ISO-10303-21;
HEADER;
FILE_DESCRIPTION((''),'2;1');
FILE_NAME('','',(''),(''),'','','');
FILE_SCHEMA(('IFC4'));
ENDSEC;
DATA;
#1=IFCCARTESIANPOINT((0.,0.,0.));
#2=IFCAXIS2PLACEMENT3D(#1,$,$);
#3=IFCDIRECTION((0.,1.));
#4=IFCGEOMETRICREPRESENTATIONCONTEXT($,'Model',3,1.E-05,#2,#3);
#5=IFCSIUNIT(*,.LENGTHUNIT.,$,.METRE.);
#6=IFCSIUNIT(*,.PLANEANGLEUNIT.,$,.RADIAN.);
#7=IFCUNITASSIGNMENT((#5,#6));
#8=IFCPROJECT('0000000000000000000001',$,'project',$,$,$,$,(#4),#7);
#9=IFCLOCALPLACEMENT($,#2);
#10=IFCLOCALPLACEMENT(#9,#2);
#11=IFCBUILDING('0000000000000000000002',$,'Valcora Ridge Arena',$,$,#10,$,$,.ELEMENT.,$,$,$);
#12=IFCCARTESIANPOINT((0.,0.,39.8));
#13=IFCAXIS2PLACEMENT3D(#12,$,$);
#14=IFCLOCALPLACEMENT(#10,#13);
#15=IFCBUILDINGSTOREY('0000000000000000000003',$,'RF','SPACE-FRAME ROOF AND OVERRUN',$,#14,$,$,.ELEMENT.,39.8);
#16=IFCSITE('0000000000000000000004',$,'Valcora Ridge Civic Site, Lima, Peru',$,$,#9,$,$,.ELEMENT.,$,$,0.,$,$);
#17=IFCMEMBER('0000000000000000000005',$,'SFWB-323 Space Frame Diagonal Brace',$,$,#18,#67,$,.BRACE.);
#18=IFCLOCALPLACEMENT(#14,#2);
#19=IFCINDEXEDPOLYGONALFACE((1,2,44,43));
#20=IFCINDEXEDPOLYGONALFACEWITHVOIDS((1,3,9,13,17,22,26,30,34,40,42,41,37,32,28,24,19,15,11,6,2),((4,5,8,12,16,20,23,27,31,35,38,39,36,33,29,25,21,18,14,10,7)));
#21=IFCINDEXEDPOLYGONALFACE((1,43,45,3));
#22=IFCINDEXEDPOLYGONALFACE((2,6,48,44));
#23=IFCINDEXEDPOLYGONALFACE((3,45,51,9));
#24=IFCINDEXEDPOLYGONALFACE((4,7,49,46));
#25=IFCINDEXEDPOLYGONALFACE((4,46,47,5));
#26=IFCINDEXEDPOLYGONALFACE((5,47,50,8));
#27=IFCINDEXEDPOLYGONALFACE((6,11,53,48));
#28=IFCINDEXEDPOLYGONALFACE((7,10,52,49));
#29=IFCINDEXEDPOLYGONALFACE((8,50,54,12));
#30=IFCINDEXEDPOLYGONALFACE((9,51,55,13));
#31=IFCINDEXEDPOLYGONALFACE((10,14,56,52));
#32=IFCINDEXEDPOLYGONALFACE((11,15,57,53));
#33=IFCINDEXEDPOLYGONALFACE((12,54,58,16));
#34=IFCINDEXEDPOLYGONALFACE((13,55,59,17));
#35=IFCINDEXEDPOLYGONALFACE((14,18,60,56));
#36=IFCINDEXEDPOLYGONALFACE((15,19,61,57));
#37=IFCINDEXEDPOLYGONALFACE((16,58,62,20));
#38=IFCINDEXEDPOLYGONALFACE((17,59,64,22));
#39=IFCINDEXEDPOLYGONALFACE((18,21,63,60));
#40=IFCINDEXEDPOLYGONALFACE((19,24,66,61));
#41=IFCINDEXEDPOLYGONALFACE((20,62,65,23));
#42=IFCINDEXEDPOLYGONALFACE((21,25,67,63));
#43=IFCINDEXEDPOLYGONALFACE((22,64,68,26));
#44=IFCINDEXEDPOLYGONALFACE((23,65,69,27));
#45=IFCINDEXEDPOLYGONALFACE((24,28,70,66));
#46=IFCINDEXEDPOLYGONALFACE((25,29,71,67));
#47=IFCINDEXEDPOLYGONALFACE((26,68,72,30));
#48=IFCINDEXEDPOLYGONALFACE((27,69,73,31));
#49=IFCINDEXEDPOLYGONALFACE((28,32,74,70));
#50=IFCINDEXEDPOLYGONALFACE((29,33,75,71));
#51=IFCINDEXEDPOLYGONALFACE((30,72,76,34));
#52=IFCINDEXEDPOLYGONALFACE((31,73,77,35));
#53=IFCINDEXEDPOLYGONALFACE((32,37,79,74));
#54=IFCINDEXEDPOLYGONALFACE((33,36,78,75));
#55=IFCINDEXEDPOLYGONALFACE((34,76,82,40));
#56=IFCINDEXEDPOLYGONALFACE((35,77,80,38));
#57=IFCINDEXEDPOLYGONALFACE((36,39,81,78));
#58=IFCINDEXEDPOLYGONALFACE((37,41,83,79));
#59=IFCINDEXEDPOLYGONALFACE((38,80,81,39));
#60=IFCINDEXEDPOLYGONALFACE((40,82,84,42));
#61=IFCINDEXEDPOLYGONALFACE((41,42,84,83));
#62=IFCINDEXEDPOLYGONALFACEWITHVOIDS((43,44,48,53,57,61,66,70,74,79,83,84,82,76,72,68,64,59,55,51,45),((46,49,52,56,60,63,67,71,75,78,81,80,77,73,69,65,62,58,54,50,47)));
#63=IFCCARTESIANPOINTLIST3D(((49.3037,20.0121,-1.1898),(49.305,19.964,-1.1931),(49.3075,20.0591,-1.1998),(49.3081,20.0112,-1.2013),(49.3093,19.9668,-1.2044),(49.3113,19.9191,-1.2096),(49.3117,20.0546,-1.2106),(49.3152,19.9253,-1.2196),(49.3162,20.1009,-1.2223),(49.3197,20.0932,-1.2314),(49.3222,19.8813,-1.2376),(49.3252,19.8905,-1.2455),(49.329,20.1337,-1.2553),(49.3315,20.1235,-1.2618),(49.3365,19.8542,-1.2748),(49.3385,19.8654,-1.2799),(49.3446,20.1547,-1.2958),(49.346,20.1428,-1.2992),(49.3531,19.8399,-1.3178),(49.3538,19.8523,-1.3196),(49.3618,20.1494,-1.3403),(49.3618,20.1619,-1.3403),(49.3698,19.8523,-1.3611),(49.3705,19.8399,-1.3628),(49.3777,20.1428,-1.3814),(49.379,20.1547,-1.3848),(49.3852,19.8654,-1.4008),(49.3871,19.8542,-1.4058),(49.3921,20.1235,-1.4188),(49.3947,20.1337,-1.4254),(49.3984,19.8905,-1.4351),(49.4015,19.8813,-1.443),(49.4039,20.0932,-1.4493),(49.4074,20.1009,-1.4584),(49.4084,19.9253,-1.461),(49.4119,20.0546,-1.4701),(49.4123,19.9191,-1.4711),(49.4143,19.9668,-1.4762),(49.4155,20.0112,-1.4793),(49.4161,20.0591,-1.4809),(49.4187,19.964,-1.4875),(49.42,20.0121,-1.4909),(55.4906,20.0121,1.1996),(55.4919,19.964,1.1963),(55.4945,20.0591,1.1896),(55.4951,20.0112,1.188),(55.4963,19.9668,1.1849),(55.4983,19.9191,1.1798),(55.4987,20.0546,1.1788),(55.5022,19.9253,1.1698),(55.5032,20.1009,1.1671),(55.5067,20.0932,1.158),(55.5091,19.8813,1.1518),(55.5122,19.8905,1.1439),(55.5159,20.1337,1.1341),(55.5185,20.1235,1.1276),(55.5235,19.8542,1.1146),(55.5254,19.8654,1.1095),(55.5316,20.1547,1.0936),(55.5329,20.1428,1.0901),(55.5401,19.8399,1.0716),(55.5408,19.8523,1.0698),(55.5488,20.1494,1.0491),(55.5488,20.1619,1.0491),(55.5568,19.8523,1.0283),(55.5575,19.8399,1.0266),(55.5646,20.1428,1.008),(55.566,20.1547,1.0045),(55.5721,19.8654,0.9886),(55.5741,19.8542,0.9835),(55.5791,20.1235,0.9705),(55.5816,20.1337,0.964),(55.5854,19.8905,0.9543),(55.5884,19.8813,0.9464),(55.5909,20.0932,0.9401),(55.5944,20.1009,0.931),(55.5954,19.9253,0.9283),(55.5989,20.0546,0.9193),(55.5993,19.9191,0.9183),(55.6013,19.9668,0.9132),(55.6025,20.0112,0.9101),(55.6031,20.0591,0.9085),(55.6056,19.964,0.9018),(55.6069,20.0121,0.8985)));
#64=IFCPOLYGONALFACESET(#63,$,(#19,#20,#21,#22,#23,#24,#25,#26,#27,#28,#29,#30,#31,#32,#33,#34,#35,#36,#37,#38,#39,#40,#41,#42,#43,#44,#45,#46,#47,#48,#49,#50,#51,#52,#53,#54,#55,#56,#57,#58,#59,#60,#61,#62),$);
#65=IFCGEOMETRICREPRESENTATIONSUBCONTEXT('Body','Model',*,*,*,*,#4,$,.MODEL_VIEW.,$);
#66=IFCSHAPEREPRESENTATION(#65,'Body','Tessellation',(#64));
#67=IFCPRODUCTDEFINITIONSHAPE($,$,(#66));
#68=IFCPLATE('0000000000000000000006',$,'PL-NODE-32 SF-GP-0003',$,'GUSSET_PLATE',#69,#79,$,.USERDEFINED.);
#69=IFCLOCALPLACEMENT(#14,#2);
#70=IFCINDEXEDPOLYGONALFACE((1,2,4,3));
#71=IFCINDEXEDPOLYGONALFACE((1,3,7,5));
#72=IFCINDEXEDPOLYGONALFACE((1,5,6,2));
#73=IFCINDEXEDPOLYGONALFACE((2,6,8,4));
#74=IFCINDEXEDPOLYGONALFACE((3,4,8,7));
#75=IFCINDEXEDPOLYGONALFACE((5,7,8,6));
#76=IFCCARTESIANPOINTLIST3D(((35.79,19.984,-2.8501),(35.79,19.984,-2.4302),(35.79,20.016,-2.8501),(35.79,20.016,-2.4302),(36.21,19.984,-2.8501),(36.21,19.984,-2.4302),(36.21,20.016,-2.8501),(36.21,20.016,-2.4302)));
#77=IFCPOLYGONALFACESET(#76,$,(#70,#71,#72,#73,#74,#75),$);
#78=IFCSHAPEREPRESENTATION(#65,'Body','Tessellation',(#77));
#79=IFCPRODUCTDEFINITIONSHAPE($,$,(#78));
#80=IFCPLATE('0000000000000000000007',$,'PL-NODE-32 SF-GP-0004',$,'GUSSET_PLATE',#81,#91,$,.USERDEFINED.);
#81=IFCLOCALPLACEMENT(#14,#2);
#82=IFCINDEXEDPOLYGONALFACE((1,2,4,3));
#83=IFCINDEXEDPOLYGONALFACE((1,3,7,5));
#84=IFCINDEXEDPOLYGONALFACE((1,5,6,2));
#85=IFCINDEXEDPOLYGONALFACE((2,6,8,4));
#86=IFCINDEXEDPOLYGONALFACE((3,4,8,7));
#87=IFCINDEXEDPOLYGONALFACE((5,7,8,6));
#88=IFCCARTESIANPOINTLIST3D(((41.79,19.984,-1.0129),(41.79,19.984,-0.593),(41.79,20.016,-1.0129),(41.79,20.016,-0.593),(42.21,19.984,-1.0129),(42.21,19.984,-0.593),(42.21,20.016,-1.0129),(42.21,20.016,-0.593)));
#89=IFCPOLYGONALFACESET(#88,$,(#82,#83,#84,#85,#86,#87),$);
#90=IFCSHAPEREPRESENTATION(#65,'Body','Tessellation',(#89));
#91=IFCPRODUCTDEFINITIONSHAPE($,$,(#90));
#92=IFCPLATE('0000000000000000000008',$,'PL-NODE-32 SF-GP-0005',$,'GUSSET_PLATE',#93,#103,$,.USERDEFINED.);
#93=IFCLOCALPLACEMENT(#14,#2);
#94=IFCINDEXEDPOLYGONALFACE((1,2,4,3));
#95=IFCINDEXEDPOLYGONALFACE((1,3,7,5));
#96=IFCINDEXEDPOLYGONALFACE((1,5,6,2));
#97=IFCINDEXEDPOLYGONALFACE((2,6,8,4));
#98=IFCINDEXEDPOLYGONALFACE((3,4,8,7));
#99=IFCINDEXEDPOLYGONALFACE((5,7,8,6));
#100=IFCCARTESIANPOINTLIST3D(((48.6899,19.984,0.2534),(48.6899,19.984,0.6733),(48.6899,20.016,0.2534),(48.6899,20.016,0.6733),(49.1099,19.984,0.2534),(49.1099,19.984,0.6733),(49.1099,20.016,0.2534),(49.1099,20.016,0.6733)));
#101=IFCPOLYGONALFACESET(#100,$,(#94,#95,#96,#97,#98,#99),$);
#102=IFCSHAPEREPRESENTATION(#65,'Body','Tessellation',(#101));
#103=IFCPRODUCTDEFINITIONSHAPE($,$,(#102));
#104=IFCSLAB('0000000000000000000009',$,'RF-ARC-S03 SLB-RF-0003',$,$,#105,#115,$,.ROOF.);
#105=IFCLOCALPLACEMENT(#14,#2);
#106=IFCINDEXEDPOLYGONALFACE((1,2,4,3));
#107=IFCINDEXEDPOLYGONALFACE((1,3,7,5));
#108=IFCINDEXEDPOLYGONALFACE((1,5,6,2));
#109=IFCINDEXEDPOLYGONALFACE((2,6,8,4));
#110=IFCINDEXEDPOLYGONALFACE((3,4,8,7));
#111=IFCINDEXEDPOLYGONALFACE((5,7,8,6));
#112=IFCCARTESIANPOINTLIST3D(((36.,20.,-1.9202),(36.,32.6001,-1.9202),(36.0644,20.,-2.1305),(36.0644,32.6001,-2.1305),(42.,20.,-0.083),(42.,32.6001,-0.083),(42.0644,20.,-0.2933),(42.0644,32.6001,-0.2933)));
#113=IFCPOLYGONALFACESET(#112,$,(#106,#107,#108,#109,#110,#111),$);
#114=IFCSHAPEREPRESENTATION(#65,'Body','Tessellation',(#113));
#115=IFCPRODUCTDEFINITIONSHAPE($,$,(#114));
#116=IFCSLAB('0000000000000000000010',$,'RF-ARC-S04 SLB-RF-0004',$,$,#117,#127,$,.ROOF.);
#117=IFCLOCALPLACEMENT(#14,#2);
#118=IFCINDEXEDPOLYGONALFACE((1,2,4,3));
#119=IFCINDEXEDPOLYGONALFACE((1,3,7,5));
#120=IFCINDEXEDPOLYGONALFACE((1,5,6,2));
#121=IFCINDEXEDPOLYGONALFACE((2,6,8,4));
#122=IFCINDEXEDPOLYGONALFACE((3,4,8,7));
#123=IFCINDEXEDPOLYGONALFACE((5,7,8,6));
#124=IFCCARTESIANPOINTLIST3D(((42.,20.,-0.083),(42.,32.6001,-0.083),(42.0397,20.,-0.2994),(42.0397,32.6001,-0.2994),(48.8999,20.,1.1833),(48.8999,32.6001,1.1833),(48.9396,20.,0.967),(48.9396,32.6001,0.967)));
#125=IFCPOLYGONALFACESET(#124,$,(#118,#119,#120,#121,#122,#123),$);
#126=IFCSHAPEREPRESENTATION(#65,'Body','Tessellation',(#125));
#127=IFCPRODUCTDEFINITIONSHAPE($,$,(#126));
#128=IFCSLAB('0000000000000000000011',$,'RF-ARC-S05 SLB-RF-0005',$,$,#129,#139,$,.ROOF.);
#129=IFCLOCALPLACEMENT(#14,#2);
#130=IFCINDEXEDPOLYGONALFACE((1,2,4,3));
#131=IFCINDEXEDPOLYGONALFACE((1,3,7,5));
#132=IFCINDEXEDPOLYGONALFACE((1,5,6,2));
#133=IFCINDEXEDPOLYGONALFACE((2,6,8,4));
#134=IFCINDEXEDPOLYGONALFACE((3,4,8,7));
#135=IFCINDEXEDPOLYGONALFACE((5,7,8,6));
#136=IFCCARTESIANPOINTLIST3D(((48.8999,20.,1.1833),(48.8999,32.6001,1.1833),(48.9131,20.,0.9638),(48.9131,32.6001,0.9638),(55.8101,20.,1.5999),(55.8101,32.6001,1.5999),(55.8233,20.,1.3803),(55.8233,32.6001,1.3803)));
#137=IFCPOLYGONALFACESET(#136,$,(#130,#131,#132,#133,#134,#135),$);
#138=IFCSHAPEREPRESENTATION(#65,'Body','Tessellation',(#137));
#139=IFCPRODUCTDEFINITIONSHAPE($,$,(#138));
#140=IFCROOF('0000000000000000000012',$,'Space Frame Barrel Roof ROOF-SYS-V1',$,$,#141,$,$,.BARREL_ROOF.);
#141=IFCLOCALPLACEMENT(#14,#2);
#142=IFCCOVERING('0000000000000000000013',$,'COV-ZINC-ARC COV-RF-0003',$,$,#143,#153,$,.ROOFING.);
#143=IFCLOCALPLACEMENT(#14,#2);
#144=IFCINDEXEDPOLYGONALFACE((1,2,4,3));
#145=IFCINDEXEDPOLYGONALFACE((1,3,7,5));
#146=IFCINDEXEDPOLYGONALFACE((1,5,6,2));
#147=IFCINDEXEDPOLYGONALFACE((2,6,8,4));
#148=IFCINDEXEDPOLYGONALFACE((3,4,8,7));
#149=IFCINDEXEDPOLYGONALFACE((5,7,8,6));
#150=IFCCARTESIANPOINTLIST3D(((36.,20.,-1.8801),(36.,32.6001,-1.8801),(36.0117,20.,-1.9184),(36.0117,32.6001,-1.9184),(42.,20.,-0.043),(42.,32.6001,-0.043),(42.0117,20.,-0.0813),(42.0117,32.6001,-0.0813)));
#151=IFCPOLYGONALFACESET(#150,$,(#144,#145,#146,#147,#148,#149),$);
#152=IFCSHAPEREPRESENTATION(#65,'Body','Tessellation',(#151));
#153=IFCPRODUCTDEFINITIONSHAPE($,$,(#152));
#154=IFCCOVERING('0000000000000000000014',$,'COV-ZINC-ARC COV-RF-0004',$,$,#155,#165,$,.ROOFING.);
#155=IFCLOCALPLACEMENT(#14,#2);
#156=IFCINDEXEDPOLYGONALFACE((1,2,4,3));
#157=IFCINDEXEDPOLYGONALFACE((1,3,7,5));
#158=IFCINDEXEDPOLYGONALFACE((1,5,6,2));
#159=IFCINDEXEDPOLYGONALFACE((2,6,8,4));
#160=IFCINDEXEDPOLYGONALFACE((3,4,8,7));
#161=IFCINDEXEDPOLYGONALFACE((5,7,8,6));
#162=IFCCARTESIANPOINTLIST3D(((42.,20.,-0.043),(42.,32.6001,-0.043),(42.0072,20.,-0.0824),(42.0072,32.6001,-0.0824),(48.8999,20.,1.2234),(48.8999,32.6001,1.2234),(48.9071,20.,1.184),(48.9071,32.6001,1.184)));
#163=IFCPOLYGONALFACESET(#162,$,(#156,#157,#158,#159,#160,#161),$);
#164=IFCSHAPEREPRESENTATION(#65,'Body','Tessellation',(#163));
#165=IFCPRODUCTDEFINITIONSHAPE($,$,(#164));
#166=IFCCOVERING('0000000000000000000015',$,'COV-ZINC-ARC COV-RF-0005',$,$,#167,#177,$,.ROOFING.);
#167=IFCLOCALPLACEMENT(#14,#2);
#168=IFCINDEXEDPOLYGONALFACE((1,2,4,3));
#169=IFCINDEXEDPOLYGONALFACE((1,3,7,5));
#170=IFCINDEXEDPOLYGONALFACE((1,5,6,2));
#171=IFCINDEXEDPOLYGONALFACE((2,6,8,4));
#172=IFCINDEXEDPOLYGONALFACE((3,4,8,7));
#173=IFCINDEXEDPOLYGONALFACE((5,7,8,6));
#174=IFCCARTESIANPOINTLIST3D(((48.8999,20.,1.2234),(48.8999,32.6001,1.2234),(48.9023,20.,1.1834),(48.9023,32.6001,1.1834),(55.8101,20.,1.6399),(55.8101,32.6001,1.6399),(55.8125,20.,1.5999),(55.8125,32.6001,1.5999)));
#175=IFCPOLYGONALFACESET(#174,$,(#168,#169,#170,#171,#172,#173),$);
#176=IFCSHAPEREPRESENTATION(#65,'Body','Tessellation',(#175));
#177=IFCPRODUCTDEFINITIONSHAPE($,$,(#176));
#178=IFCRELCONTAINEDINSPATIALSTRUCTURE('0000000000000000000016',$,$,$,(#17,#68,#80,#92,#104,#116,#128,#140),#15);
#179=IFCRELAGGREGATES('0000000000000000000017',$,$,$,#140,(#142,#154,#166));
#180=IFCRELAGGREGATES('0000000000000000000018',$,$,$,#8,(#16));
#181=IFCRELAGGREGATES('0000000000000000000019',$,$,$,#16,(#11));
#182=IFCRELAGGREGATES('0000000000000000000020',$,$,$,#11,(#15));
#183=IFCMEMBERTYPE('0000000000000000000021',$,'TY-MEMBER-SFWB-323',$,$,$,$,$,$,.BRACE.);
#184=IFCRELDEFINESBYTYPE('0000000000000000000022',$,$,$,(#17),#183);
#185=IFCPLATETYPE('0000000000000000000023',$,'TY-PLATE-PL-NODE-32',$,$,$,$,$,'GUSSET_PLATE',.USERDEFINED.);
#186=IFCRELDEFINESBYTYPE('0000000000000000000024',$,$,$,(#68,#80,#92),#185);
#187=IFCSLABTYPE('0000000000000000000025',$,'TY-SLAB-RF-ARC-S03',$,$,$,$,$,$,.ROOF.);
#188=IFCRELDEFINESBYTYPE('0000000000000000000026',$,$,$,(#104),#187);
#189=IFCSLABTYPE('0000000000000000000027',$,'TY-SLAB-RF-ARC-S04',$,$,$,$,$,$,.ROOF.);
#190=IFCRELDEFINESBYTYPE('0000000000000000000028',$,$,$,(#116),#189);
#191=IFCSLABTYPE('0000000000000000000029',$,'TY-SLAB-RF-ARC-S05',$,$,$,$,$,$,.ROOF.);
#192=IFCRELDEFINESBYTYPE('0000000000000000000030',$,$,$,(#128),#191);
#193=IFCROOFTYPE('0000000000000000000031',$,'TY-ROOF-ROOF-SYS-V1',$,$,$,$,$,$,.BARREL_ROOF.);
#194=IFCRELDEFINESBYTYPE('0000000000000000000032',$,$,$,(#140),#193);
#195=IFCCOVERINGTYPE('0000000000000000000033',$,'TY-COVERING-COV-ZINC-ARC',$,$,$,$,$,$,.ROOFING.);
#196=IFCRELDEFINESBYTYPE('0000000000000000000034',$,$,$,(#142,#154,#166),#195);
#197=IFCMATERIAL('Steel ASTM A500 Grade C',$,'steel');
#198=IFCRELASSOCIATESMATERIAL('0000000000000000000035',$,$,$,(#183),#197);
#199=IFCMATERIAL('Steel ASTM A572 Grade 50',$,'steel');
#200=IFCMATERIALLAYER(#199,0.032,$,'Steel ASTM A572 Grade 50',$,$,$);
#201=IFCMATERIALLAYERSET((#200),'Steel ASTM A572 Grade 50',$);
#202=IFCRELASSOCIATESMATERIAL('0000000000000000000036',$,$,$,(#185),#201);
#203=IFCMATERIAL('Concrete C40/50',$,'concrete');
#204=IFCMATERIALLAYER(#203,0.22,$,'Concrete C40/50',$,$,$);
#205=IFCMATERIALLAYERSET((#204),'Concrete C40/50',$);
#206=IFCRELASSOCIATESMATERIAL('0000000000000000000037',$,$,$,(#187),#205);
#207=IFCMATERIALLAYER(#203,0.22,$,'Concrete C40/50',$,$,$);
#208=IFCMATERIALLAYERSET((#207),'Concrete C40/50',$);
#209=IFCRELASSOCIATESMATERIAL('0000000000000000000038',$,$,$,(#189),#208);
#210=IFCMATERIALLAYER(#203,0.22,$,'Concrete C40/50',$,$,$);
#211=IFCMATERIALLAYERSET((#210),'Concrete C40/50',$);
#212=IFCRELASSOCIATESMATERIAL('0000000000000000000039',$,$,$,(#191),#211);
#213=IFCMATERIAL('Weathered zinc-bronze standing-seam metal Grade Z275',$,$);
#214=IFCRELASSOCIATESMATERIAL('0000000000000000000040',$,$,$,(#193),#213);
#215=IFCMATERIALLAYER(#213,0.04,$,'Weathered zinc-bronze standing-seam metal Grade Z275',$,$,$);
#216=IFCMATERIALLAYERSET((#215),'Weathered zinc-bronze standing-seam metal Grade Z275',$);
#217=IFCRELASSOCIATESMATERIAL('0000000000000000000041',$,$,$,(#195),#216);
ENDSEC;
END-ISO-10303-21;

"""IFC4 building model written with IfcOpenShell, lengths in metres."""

from ifc_helpers import new_model, si_unit, direction, frame, origin, origin_2d, place, context, subcontext, project, spatial, polyline, rectangle, hollow_circle, outline, extrude, material, layer, layer_set, material_profile, profile_set, type_object, element, aggregate, save


model = new_model("IFC4")

# Units and contexts
model_context = context("Model", 3, precision=1e-05, world=origin(), true_north=direction((0.0, 1.0)))
body_context = subcontext(model_context, "Body", "Model", "MODEL_VIEW")
ifc_project = project(units=[si_unit("LENGTHUNIT", "METRE"), si_unit("PLANEANGLEUNIT", "RADIAN")], contexts=[model_context])

# Site, building, storey
site_placement = place(None, origin())
site = spatial("IfcSite", under=ifc_project, at=site_placement, Name="Valcora Ridge Civic Site, Lima, Peru", CompositionType="ELEMENT", RefElevation=0.0)
building_placement = place(site_placement, origin())
building = spatial("IfcBuilding", under=site, at=building_placement, Name="Valcora Ridge Arena", CompositionType="ELEMENT")
storey_placement = place(building_placement, frame((0.0, 0.0, 39.8)))
storey = spatial("IfcBuildingStorey", under=building, at=storey_placement, Name="RF", Description="SPACE-FRAME ROOF AND OVERRUN", CompositionType="ELEMENT", Elevation=39.8)

# Member
ifc_material_1 = material(Name="Steel ASTM A572 Grade 50", Category="steel")
ifc_material_2 = material(Name="Steel ASTM A500 Grade C", Category="steel")
ifc_material_profile_1 = material_profile(ifc_material_2, hollow_circle(Radius=0.1619, WallThickness=0.0125, at=origin_2d()), Name="CHS323X12")
ifc_profile_set_1 = profile_set([ifc_material_profile_1], Name="Steel ASTM A500 Grade C")
member_type_1 = type_object("IfcMemberType", Name="TY-MEMBER-SFWB-323", PredefinedType="BRACE", material=ifc_profile_set_1)
member_1_placement = place(storey_placement, frame((49.3618, 20.0, -1.3403), z_axis=(0.93285, 0.0, 0.360264), x_axis=(0.0, 1.0, 0.0)))
element("IfcMember", 1, at=member_1_placement, inside=storey, type_object=member_type_1, Name="SFWB-323 Space Frame Diagonal Brace", PredefinedType="BRACE", context=body_context, shape_type="SweptSolid", body=[
    extrude(hollow_circle(Radius=0.1619, WallThickness=0.0125, at=origin_2d()), origin(), (0.0, 0.0, 1.0), 6.6323),
])

# Plates
ifc_layer_1 = layer(ifc_material_1, 0.032, Name="Steel ASTM A572 Grade 50")
ifc_layer_set_1 = layer_set([ifc_layer_1], Name="Steel ASTM A572 Grade 50")
plate_type = type_object("IfcPlateType", Name="TY-PLATE-PL-NODE-32", ElementType="GUSSET_PLATE", PredefinedType="USERDEFINED", material=ifc_layer_set_1)
for number, where, z_axis, x_axis, name in (
    (2, (36.0, 20.0, -2.8501), (0.0, 0.0, 1.0), (1.0, 0.0, 0.0), "PL-NODE-32 SF-GP-0003"),
    (3, (42.0, 20.0, -1.0129), (0.0, 0.0, 1.0), (1.0, 0.0, 0.0), "PL-NODE-32 SF-GP-0004"),
    (4, (48.8999, 20.0, 0.2534), (0.0, 0.0, 1.0), (1.0, 0.0, 0.0), "PL-NODE-32 SF-GP-0005"),
):
    element("IfcPlate", number, at=place(storey_placement, frame(where, z_axis=z_axis, x_axis=x_axis)), inside=storey, type_object=plate_type, Name=name, ObjectType="GUSSET_PLATE", PredefinedType="USERDEFINED", context=body_context, shape_type="SweptSolid", body=[
        extrude(rectangle(XDim=0.4199, YDim=0.032, at=origin_2d()), origin(), (0.0, 0.0, 1.0), 0.4199),
    ])

# Slabs
ifc_material_3 = material(Name="Concrete C40/50", Category="concrete")
ifc_layer_2 = layer(ifc_material_3, 0.22, Name="Concrete C40/50")
ifc_layer_set_2 = layer_set([ifc_layer_2], Name="Concrete C40/50")
slab_type_1 = type_object("IfcSlabType", Name="TY-SLAB-RF-ARC-S03", PredefinedType="ROOF", material=ifc_layer_set_2)
slab_1_placement = place(storey_placement, frame((36.0, 20.0, -1.9202), z_axis=(-0.292776, 0.0, 0.956181), x_axis=(0.956181, 0.0, 0.292776)))
element("IfcSlab", 5, at=slab_1_placement, inside=storey, type_object=slab_type_1, Name="RF-ARC-S03 SLB-RF-0003", PredefinedType="ROOF", context=body_context, shape_type="SweptSolid", body=[
    extrude(outline(polyline([(0.0, 0.0), (6.275, 0.0), (6.275, 12.6001), (0.0, 12.6001), (0.0, 0.0)])), origin(), (0.0, 0.0, -1.0), 0.22),
])
ifc_layer_3 = layer(ifc_material_3, 0.22, Name="Concrete C40/50")
ifc_layer_set_3 = layer_set([ifc_layer_3], Name="Concrete C40/50")
slab_type_2 = type_object("IfcSlabType", Name="TY-SLAB-RF-ARC-S04", PredefinedType="ROOF", material=ifc_layer_set_3)
slab_2_placement = place(storey_placement, frame((42.0, 20.0, -0.083), z_axis=(-0.180518, 0.0, 0.983572), x_axis=(0.983572, 0.0, 0.180518)))
element("IfcSlab", 6, at=slab_2_placement, inside=storey, type_object=slab_type_2, Name="RF-ARC-S04 SLB-RF-0004", PredefinedType="ROOF", context=body_context, shape_type="SweptSolid", body=[
    extrude(outline(polyline([(0.0, 0.0), (7.0151, 0.0), (7.0151, 12.6001), (0.0, 12.6001), (0.0, 0.0)])), origin(), (0.0, 0.0, -1.0), 0.22),
])
ifc_layer_4 = layer(ifc_material_3, 0.22, Name="Concrete C40/50")
ifc_layer_set_4 = layer_set([ifc_layer_4], Name="Concrete C40/50")
slab_type_3 = type_object("IfcSlabType", Name="TY-SLAB-RF-ARC-S05", PredefinedType="ROOF", material=ifc_layer_set_4)
slab_3_placement = place(storey_placement, frame((48.8999, 20.0, 1.1833), z_axis=(-0.060165, 0.0, 0.998188), x_axis=(0.998188, 0.0, 0.060165)))
element("IfcSlab", 7, at=slab_3_placement, inside=storey, type_object=slab_type_3, Name="RF-ARC-S05 SLB-RF-0005", PredefinedType="ROOF", context=body_context, shape_type="SweptSolid", body=[
    extrude(outline(polyline([(0.0, 0.0), (6.9227, 0.0), (6.9227, 12.6001), (0.0, 12.6001), (0.0, 0.0)])), origin(), (0.0, 0.0, -1.0), 0.22),
])

# Roof, coverings
ifc_material_4 = material(Name="Weathered zinc-bronze standing-seam metal Grade Z275")
roof_type = type_object("IfcRoofType", Name="TY-ROOF-ROOF-SYS-V1", PredefinedType="BARREL_ROOF", material=ifc_material_4)
roof_placement = place(storey_placement, origin())
roof = element("IfcRoof", 8, at=roof_placement, inside=storey, type_object=roof_type, Name="Space Frame Barrel Roof ROOF-SYS-V1", PredefinedType="BARREL_ROOF")
ifc_layer_5 = layer(ifc_material_4, 0.04, Name="Weathered zinc-bronze standing-seam metal Grade Z275")
ifc_layer_set_5 = layer_set([ifc_layer_5], Name="Weathered zinc-bronze standing-seam metal Grade Z275")
covering_type = type_object("IfcCoveringType", Name="TY-COVERING-COV-ZINC-ARC", PredefinedType="ROOFING", material=ifc_layer_set_5)
covering_1_placement = place(storey_placement, frame((36.0, 20.0, -1.8801), z_axis=(-0.292776, 0.0, 0.956181), x_axis=(0.956181, 0.0, 0.292776)))
covering_1 = element("IfcCovering", 9, at=covering_1_placement, type_object=covering_type, Name="COV-ZINC-ARC COV-RF-0003", PredefinedType="ROOFING", context=body_context, shape_type="SweptSolid", body=[
    extrude(outline(polyline([(0.0, 0.0), (6.275, 0.0), (6.275, 12.6001), (0.0, 12.6001), (0.0, 0.0)])), origin(), (0.0, 0.0, -1.0), 0.04),
])
covering_2_placement = place(storey_placement, frame((42.0, 20.0, -0.043), z_axis=(-0.180518, 0.0, 0.983572), x_axis=(0.983572, 0.0, 0.180518)))
covering_2 = element("IfcCovering", 10, at=covering_2_placement, type_object=covering_type, Name="COV-ZINC-ARC COV-RF-0004", PredefinedType="ROOFING", context=body_context, shape_type="SweptSolid", body=[
    extrude(outline(polyline([(0.0, 0.0), (7.0151, 0.0), (7.0151, 12.6001), (0.0, 12.6001), (0.0, 0.0)])), origin(), (0.0, 0.0, -1.0), 0.04),
])
covering_3_placement = place(storey_placement, frame((48.8999, 20.0, 1.2234), z_axis=(-0.060165, 0.0, 0.998188), x_axis=(0.998188, 0.0, 0.060165)))
covering_3 = element("IfcCovering", 11, at=covering_3_placement, type_object=covering_type, Name="COV-ZINC-ARC COV-RF-0005", PredefinedType="ROOFING", context=body_context, shape_type="SweptSolid", body=[
    extrude(outline(polyline([(0.0, 0.0), (6.9227, 0.0), (6.9227, 12.6001), (0.0, 12.6001), (0.0, 0.0)])), origin(), (0.0, 0.0, -1.0), 0.04),
])
aggregate(roof, [covering_1, covering_2, covering_3])

save(model, "model.ifc")
